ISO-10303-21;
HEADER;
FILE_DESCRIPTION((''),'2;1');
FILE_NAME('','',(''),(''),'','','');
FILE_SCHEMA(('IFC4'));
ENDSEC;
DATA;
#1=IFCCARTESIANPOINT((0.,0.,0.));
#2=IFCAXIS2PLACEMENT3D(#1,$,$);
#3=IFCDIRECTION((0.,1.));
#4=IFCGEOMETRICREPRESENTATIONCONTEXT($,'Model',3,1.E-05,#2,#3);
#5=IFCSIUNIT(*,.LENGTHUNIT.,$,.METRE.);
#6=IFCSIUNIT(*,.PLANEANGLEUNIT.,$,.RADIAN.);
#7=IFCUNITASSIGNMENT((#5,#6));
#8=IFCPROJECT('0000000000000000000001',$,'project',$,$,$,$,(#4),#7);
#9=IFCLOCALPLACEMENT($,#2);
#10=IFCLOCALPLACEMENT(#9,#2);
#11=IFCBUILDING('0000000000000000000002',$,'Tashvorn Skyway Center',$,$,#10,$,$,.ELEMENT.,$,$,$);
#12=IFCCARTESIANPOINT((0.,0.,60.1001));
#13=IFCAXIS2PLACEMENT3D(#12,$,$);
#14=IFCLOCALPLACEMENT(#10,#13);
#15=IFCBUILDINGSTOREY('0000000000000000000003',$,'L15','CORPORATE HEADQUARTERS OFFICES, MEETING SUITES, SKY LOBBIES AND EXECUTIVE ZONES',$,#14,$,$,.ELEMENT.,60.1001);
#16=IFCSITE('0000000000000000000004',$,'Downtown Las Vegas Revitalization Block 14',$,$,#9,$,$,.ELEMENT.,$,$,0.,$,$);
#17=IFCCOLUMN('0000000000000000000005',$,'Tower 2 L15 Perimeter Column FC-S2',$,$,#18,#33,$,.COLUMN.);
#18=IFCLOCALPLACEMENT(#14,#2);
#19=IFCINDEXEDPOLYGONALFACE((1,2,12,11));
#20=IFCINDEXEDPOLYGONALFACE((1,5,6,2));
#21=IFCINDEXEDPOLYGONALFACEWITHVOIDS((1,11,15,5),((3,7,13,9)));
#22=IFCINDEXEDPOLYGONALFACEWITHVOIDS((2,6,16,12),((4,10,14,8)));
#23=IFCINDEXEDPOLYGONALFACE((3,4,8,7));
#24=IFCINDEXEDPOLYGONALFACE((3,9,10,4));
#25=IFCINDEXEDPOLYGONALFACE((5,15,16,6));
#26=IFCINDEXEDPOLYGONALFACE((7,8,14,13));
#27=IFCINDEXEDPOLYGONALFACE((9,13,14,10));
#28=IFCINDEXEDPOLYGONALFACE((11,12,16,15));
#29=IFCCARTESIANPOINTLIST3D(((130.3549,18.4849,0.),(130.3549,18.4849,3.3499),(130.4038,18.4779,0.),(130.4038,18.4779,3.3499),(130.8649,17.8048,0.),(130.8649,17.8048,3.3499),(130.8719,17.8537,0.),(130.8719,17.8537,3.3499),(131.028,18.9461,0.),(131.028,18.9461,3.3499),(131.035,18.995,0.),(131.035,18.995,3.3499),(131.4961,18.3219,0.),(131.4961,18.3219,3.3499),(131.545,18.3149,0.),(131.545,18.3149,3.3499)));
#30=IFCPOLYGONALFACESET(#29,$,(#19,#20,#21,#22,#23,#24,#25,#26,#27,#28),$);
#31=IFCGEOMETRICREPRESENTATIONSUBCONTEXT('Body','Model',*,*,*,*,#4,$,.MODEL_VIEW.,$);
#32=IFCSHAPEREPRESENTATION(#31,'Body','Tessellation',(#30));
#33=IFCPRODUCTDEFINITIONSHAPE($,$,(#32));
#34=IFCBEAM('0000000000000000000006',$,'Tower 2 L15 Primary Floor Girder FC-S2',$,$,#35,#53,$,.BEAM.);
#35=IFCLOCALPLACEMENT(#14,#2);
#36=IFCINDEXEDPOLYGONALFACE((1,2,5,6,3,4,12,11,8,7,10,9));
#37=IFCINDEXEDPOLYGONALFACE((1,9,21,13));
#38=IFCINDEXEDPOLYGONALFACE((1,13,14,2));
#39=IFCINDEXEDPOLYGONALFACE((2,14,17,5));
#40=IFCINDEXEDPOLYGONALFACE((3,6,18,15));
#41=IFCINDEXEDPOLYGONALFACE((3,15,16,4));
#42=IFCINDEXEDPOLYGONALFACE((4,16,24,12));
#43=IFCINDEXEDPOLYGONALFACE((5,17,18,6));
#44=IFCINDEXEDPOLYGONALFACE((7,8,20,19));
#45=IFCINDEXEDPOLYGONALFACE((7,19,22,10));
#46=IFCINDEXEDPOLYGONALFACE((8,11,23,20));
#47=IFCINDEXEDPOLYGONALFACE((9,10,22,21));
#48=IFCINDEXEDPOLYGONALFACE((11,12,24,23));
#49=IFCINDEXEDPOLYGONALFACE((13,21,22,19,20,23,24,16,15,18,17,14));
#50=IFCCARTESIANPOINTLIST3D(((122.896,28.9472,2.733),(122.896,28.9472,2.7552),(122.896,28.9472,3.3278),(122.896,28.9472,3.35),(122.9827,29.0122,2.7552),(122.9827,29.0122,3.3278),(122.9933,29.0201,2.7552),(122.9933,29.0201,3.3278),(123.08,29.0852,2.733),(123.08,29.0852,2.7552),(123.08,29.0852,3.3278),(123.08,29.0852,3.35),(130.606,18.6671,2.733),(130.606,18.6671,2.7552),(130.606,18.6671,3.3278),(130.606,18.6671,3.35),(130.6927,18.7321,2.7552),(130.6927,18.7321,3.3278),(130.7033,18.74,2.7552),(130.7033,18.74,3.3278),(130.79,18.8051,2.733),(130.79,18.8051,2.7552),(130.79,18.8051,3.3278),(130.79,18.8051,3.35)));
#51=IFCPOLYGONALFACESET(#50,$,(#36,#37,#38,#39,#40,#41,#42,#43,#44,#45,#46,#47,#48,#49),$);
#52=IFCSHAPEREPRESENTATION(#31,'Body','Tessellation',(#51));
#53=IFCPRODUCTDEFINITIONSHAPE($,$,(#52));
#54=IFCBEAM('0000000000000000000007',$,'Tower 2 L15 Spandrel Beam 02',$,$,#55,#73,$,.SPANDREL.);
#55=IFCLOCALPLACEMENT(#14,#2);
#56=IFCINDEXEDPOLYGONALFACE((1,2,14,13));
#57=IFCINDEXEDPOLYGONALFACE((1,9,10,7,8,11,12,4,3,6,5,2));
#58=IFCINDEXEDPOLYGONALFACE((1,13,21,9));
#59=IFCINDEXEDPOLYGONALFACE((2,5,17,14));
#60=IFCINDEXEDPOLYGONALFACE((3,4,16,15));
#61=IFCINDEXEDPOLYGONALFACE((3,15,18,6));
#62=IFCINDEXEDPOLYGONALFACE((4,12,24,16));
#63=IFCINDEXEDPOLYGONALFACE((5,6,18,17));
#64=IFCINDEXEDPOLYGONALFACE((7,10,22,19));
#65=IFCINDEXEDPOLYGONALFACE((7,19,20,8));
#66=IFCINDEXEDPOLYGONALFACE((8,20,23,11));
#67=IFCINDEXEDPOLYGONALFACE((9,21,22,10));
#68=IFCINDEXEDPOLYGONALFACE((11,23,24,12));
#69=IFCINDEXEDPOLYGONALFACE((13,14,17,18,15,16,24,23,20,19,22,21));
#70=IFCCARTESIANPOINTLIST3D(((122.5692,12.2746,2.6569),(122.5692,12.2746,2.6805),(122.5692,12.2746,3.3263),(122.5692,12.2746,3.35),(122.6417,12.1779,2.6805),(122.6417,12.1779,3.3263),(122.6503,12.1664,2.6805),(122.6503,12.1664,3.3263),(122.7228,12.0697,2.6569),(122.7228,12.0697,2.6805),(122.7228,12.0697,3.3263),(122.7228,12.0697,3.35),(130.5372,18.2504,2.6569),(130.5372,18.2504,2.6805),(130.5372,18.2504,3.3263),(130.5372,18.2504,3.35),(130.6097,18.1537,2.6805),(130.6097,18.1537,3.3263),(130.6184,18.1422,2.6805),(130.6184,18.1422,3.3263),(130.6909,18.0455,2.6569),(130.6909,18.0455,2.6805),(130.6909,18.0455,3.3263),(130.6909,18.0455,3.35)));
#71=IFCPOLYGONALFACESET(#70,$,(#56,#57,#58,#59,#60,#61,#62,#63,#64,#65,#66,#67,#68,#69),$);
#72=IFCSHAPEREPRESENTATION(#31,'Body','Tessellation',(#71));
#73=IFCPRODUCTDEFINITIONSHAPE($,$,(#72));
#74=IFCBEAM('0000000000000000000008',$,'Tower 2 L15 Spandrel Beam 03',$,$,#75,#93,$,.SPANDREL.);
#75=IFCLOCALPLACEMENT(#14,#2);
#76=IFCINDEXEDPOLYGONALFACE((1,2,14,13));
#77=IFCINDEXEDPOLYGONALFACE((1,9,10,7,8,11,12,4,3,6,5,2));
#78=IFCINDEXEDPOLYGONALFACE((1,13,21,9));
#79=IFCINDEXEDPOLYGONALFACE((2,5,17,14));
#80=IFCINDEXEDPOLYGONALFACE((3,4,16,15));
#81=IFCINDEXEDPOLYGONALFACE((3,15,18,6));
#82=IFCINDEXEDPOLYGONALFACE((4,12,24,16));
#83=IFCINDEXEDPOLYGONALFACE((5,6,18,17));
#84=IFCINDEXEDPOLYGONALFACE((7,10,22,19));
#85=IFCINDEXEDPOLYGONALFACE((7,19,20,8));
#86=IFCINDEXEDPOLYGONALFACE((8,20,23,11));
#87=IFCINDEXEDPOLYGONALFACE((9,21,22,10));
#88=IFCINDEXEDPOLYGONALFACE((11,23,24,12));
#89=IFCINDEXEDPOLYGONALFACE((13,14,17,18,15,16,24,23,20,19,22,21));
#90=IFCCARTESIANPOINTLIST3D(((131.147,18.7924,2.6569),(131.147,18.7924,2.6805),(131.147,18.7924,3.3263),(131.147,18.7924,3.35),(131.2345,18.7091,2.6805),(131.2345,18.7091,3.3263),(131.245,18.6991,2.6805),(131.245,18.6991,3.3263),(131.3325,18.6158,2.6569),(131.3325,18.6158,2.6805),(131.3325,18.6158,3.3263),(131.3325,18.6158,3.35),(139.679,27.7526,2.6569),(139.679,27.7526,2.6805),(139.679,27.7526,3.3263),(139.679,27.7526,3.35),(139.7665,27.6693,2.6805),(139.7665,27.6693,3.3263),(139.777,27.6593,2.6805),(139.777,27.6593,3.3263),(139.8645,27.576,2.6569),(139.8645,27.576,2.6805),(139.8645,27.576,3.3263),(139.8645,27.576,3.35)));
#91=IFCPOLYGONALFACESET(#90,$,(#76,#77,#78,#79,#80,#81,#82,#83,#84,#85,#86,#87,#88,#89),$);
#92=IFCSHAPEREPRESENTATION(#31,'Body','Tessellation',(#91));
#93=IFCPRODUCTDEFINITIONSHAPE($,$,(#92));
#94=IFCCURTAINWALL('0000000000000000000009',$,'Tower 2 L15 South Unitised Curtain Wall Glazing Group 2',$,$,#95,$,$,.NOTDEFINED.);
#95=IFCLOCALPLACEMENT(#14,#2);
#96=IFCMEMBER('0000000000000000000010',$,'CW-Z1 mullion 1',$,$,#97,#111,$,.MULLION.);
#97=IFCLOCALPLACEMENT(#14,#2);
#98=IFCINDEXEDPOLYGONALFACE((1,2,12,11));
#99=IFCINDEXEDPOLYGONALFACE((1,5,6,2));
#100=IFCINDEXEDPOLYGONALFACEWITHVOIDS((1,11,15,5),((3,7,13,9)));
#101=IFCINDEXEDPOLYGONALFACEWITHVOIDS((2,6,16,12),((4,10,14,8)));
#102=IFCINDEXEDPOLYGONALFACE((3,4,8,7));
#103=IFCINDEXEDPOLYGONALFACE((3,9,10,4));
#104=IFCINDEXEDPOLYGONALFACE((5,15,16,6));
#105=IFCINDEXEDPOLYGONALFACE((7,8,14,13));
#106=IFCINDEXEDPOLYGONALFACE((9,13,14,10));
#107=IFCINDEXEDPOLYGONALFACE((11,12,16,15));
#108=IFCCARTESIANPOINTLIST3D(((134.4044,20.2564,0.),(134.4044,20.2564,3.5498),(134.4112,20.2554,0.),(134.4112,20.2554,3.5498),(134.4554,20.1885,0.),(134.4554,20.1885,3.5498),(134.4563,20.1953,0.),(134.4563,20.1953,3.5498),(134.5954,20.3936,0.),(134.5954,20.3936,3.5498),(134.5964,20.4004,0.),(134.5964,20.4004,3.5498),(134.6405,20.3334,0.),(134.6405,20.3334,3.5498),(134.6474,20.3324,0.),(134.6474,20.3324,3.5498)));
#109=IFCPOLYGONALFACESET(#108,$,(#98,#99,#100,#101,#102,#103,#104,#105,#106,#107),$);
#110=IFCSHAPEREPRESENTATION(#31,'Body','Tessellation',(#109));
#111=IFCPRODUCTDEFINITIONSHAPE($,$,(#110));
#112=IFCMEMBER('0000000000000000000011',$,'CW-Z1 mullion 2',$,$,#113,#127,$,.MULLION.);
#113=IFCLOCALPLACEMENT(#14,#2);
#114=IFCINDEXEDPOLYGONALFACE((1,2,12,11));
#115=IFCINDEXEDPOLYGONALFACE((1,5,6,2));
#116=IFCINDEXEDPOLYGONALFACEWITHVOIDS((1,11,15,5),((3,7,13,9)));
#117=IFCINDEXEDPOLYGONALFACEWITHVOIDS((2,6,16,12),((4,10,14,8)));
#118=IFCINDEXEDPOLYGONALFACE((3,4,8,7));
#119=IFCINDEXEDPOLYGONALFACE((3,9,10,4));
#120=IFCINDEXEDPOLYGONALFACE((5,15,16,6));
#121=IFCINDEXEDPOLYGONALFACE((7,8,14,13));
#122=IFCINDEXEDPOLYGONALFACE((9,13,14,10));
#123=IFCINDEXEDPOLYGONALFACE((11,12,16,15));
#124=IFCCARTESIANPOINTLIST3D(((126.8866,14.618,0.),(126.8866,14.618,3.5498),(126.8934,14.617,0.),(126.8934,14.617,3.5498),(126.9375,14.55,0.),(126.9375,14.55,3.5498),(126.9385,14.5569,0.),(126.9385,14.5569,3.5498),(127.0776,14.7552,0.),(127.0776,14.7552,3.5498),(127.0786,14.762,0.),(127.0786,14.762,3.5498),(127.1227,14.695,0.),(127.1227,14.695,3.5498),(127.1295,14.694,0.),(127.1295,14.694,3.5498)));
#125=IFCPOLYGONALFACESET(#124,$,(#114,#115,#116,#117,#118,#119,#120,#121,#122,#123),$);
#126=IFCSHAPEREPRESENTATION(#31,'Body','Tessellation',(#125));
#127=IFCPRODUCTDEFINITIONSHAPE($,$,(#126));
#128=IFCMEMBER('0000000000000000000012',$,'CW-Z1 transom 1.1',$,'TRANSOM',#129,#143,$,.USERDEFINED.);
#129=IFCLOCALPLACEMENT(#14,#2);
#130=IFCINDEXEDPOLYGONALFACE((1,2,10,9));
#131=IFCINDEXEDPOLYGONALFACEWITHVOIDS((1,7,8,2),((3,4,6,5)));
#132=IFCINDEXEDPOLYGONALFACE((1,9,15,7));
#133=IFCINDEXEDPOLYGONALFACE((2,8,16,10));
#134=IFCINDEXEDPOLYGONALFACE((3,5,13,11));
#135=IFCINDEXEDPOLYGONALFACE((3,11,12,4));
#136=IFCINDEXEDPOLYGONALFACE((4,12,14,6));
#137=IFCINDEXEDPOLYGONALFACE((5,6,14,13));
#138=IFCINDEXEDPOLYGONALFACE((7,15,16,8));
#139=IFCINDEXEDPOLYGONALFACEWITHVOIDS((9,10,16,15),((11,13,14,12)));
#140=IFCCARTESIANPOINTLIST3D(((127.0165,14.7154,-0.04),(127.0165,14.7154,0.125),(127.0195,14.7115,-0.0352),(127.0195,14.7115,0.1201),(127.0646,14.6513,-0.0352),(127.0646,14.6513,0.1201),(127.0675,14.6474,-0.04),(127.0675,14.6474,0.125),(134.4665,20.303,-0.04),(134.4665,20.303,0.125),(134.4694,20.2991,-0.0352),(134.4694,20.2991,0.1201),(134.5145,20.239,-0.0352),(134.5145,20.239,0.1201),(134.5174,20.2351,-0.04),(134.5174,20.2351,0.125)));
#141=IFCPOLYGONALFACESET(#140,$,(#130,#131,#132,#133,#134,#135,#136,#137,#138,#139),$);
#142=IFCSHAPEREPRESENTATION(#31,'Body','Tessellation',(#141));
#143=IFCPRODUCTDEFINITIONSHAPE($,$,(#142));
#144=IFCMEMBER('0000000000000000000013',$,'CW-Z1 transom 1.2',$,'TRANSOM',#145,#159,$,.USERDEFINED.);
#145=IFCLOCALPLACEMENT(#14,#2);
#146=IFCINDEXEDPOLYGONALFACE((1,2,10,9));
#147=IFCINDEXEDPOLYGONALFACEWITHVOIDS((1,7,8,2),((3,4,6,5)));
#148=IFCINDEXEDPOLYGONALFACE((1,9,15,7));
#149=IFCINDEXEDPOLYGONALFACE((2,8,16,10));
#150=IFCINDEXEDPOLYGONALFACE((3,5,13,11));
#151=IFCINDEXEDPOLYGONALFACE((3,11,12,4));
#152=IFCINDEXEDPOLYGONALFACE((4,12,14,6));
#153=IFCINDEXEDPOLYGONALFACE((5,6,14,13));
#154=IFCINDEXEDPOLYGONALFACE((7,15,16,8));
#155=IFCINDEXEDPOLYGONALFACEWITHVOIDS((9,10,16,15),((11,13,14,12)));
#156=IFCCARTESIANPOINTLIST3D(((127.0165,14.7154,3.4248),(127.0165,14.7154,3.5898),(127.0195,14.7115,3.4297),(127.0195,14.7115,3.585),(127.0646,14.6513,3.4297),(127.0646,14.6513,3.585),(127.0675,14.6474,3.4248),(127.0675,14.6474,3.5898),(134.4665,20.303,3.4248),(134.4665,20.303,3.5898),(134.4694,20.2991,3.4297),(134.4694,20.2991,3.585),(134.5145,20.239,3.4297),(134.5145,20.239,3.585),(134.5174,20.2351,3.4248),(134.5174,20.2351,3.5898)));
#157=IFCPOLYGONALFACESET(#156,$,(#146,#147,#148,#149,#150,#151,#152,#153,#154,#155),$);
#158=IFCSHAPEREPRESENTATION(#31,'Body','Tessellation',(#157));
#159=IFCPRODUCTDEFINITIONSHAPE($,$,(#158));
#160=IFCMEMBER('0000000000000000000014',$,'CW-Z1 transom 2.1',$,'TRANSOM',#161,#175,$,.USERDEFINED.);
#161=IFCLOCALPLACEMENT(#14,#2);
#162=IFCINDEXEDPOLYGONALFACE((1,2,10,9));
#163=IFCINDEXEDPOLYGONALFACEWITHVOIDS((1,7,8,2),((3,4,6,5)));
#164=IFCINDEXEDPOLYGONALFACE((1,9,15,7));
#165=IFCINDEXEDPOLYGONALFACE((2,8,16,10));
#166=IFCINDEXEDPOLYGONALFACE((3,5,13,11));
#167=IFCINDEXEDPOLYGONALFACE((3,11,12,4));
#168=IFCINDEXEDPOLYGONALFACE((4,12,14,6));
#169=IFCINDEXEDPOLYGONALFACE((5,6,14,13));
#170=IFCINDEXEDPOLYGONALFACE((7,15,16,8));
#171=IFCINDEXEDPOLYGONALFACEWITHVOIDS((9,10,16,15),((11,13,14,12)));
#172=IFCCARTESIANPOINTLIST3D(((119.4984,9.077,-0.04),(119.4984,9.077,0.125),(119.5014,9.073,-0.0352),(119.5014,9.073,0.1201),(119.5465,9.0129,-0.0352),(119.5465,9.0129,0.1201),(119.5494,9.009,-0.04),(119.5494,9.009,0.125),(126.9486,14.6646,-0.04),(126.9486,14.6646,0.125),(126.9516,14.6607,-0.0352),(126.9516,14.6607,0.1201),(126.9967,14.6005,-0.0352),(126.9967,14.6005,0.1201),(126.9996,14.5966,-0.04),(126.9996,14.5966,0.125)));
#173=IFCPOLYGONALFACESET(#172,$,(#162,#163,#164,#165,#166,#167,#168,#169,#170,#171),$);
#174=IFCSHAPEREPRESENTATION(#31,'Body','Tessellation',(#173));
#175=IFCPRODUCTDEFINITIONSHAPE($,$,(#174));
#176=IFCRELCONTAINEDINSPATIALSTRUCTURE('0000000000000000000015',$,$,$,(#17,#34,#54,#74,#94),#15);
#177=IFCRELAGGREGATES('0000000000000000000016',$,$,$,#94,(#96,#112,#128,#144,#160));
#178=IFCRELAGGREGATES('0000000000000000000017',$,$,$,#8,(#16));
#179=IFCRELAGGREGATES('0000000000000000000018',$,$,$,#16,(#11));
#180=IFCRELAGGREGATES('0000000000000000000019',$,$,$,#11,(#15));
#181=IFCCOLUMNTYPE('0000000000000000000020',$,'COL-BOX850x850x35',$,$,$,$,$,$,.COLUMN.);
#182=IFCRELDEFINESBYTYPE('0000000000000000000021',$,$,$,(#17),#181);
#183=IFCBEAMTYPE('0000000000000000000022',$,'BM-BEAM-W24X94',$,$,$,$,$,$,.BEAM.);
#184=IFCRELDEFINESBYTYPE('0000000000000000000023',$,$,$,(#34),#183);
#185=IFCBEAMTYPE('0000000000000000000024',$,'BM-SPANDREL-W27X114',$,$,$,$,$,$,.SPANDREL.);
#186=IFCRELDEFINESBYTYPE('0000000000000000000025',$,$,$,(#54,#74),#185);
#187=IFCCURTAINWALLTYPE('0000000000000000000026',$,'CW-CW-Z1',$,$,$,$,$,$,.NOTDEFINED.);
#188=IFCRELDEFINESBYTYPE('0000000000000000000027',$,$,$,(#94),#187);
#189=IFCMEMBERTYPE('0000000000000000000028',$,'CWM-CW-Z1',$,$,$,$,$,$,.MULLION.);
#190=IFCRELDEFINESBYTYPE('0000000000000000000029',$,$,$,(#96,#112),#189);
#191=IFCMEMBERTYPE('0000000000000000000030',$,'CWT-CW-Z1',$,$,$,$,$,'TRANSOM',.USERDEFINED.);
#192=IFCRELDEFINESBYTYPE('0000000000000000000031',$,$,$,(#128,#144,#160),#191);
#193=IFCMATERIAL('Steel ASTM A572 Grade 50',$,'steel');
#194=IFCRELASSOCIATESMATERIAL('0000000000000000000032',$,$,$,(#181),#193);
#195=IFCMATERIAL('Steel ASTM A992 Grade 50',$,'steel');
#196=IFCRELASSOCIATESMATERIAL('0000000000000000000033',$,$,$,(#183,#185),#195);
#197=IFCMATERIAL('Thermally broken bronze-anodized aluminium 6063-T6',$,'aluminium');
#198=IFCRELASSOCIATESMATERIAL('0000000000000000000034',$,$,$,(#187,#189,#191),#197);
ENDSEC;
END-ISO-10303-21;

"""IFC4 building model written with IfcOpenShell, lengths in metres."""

from ifc_helpers import new_model, si_unit, direction, frame, origin, origin_2d, place, context, subcontext, project, spatial, hollow_rectangle, i_section, extrude, material, material_profile, profile_set, type_object, element, aggregate, save


model = new_model("IFC4")

# Units and contexts
model_context = context("Model", 3, precision=1e-05, world=origin(), true_north=direction((0.0, 1.0)))
body_context = subcontext(model_context, "Body", "Model", "MODEL_VIEW")
ifc_project = project(units=[si_unit("LENGTHUNIT", "METRE"), si_unit("PLANEANGLEUNIT", "RADIAN")], contexts=[model_context])

# Site, building, storey
site_placement = place(None, origin())
site = spatial("IfcSite", under=ifc_project, at=site_placement, Name="Downtown Las Vegas Revitalization Block 14", CompositionType="ELEMENT", RefElevation=0.0)
building_placement = place(site_placement, origin())
building = spatial("IfcBuilding", under=site, at=building_placement, Name="Tashvorn Skyway Center", CompositionType="ELEMENT")
storey_placement = place(building_placement, frame((0.0, 0.0, 60.1001)))
storey = spatial("IfcBuildingStorey", under=building, at=storey_placement, Name="L15", Description="CORPORATE HEADQUARTERS OFFICES, MEETING SUITES, SKY LOBBIES AND EXECUTIVE ZONES", CompositionType="ELEMENT", Elevation=60.1001)

# Column
ifc_material_1 = material(Name="Steel ASTM A572 Grade 50", Category="steel")
ifc_material_profile_1 = material_profile(ifc_material_1, hollow_rectangle(XDim=0.8501, YDim=0.8501, WallThickness=0.0349, at=origin_2d()), Name="BOX850x850x35")
ifc_profile_set_1 = profile_set([ifc_material_profile_1], Name="Steel ASTM A572 Grade 50")
column_type = type_object("IfcColumnType", Name="COL-BOX850x850x35", PredefinedType="COLUMN", material=ifc_profile_set_1)
column_placement = place(storey_placement, frame((130.95, 18.3999, 0.0), z_axis=(0.0, 0.0, 1.0), x_axis=(0.8, 0.6, 0.0)))
element("IfcColumn", 1, at=column_placement, inside=storey, type_object=column_type, Name="Tower 2 L15 Perimeter Column FC-S2", PredefinedType="COLUMN", context=body_context, shape_type="SweptSolid", body=[
    extrude(hollow_rectangle(XDim=0.8501, YDim=0.8501, WallThickness=0.0349, at=origin_2d()), origin(), (0.0, 0.0, 1.0), 3.3499),
])

# Beams
ifc_material_2 = material(Name="Steel ASTM A992 Grade 50", Category="steel")
ifc_material_profile_2 = material_profile(ifc_material_2, i_section(OverallWidth=0.23, OverallDepth=0.6169, WebThickness=0.0132, FlangeThickness=0.0222, at=origin_2d()), Name="W24X94")
ifc_profile_set_2 = profile_set([ifc_material_profile_2], Name="Steel ASTM A992 Grade 50")
beam_type_1 = type_object("IfcBeamType", Name="BM-BEAM-W24X94", PredefinedType="BEAM", material=ifc_profile_set_2)
beam_1_placement = place(storey_placement, frame((130.698, 18.7361, 3.0415), z_axis=(-0.599997, 0.800002, 0.0), x_axis=(-0.800002, -0.599997, 0.0)))
element("IfcBeam", 2, at=beam_1_placement, inside=storey, type_object=beam_type_1, Name="Tower 2 L15 Primary Floor Girder FC-S2", PredefinedType="BEAM", context=body_context, shape_type="SweptSolid", body=[
    extrude(i_section(OverallWidth=0.23, OverallDepth=0.6169, WebThickness=0.0132, FlangeThickness=0.0222, at=origin_2d()), origin(), (0.0, 0.0, 1.0), 12.8501),
])
ifc_material_profile_3 = material_profile(ifc_material_2, i_section(OverallWidth=0.2561, OverallDepth=0.6931, WebThickness=0.0144, FlangeThickness=0.0237, at=origin_2d()), Name="W27X114")
ifc_profile_set_3 = profile_set([ifc_material_profile_3], Name="Steel ASTM A992 Grade 50")
beam_type_2 = type_object("IfcBeamType", Name="BM-SPANDREL-W27X114", PredefinedType="SPANDREL", material=ifc_profile_set_3)
beam_2_placement = place(storey_placement, frame((122.646, 12.1721, 3.0034), z_axis=(0.800009, 0.599988, 0.0), x_axis=(-0.599988, 0.800009, 0.0)))
element("IfcBeam", 3, at=beam_2_placement, inside=storey, type_object=beam_type_2, Name="Tower 2 L15 Spandrel Beam 02", PredefinedType="SPANDREL", context=body_context, shape_type="SweptSolid", body=[
    extrude(i_section(OverallWidth=0.2561, OverallDepth=0.6931, WebThickness=0.0144, FlangeThickness=0.0237, at=origin_2d()), origin(), (0.0, 0.0, 1.0), 9.96),
])
beam_3_placement = place(storey_placement, frame((131.2397, 18.7041, 3.0034), z_axis=(0.68959, 0.7242, 0.0), x_axis=(-0.7242, 0.68959, 0.0)))
element("IfcBeam", 4, at=beam_3_placement, inside=storey, type_object=beam_type_2, Name="Tower 2 L15 Spandrel Beam 03", PredefinedType="SPANDREL", context=body_context, shape_type="SweptSolid", body=[
    extrude(i_section(OverallWidth=0.2561, OverallDepth=0.6931, WebThickness=0.0144, FlangeThickness=0.0237, at=origin_2d()), origin(), (0.0, 0.0, 1.0), 12.3726),
])

# Curtain wall, members
ifc_material_3 = material(Name="Thermally broken bronze-anodized aluminium 6063-T6", Category="aluminium")
curtain_wall_type = type_object("IfcCurtainWallType", Name="CW-CW-Z1", PredefinedType="NOTDEFINED", material=ifc_material_3)
curtain_wall_placement = place(storey_placement, origin())
curtain_wall = element("IfcCurtainWall", 5, at=curtain_wall_placement, inside=storey, type_object=curtain_wall_type, Name="Tower 2 L15 South Unitised Curtain Wall Glazing Group 2", PredefinedType="NOTDEFINED")
ifc_material_profile_4 = material_profile(ifc_material_3, hollow_rectangle(XDim=0.085, YDim=0.24, WallThickness=0.0049, at=origin_2d()), Name="ALU-MULL-85x240")
ifc_profile_set_4 = profile_set([ifc_material_profile_4], Name="Thermally broken bronze-anodized aluminium 6063-T6")
member_type_1 = type_object("IfcMemberType", Name="CWM-CW-Z1", PredefinedType="MULLION", material=ifc_profile_set_4)
member_1_placement = place(storey_placement, frame((134.5259, 20.2944, 0.0), z_axis=(0.0, 0.0, 1.0), x_axis=(0.6, -0.8, 0.0)))
member_1 = element("IfcMember", 6, at=member_1_placement, type_object=member_type_1, Name="CW-Z1 mullion 1", PredefinedType="MULLION", context=body_context, shape_type="SweptSolid", body=[
    extrude(hollow_rectangle(XDim=0.085, YDim=0.24, WallThickness=0.0049, at=origin_2d()), origin(), (0.0, 0.0, 1.0), 3.5498),
])
member_2_placement = place(storey_placement, frame((127.0081, 14.656, 0.0), z_axis=(0.0, 0.0, 1.0), x_axis=(0.6, -0.8, 0.0)))
member_2 = element("IfcMember", 7, at=member_2_placement, type_object=member_type_1, Name="CW-Z1 mullion 2", PredefinedType="MULLION", context=body_context, shape_type="SweptSolid", body=[
    extrude(hollow_rectangle(XDim=0.085, YDim=0.24, WallThickness=0.0049, at=origin_2d()), origin(), (0.0, 0.0, 1.0), 3.5498),
])
ifc_material_profile_5 = material_profile(ifc_material_3, hollow_rectangle(XDim=0.085, YDim=0.165, WallThickness=0.0049, at=origin_2d()), Name="ALU-TRAN-85x165")
ifc_profile_set_5 = profile_set([ifc_material_profile_5], Name="Thermally broken bronze-anodized aluminium 6063-T6")
member_type_2 = type_object("IfcMemberType", Name="CWT-CW-Z1", ElementType="TRANSOM", PredefinedType="USERDEFINED", material=ifc_profile_set_5)
member_3_placement = place(storey_placement, frame((134.4919, 20.269, 0.0425), z_axis=(-0.799991, -0.600013, 0.0), x_axis=(0.600013, -0.799991, 0.0)))
member_3 = element("IfcMember", 8, at=member_3_placement, type_object=member_type_2, Name="CW-Z1 transom 1.1", ObjectType="TRANSOM", PredefinedType="USERDEFINED", context=body_context, shape_type="SweptSolid", body=[
    extrude(hollow_rectangle(XDim=0.085, YDim=0.165, WallThickness=0.0049, at=origin_2d()), origin(), (0.0, 0.0, 1.0), 9.3125),
])
member_4_placement = place(storey_placement, frame((134.4919, 20.269, 3.5073), z_axis=(-0.799991, -0.600013, 0.0), x_axis=(0.600013, -0.799991, 0.0)))
member_4 = element("IfcMember", 9, at=member_4_placement, type_object=member_type_2, Name="CW-Z1 transom 1.2", ObjectType="TRANSOM", PredefinedType="USERDEFINED", context=body_context, shape_type="SweptSolid", body=[
    extrude(hollow_rectangle(XDim=0.085, YDim=0.165, WallThickness=0.0049, at=origin_2d()), origin(), (0.0, 0.0, 1.0), 9.3125),
])
member_5_placement = place(storey_placement, frame((126.9741, 14.6306, 0.0425), z_axis=(-0.8, -0.6, 0.0), x_axis=(0.6, -0.8, 0.0)))
member_5 = element("IfcMember", 10, at=member_5_placement, type_object=member_type_2, Name="CW-Z1 transom 2.1", ObjectType="TRANSOM", PredefinedType="USERDEFINED", context=body_context, shape_type="SweptSolid", body=[
    extrude(hollow_rectangle(XDim=0.085, YDim=0.165, WallThickness=0.0049, at=origin_2d()), origin(), (0.0, 0.0, 1.0), 9.3127),
])
aggregate(curtain_wall, [member_1, member_2, member_3, member_4, member_5])

save(model, "model.ifc")
